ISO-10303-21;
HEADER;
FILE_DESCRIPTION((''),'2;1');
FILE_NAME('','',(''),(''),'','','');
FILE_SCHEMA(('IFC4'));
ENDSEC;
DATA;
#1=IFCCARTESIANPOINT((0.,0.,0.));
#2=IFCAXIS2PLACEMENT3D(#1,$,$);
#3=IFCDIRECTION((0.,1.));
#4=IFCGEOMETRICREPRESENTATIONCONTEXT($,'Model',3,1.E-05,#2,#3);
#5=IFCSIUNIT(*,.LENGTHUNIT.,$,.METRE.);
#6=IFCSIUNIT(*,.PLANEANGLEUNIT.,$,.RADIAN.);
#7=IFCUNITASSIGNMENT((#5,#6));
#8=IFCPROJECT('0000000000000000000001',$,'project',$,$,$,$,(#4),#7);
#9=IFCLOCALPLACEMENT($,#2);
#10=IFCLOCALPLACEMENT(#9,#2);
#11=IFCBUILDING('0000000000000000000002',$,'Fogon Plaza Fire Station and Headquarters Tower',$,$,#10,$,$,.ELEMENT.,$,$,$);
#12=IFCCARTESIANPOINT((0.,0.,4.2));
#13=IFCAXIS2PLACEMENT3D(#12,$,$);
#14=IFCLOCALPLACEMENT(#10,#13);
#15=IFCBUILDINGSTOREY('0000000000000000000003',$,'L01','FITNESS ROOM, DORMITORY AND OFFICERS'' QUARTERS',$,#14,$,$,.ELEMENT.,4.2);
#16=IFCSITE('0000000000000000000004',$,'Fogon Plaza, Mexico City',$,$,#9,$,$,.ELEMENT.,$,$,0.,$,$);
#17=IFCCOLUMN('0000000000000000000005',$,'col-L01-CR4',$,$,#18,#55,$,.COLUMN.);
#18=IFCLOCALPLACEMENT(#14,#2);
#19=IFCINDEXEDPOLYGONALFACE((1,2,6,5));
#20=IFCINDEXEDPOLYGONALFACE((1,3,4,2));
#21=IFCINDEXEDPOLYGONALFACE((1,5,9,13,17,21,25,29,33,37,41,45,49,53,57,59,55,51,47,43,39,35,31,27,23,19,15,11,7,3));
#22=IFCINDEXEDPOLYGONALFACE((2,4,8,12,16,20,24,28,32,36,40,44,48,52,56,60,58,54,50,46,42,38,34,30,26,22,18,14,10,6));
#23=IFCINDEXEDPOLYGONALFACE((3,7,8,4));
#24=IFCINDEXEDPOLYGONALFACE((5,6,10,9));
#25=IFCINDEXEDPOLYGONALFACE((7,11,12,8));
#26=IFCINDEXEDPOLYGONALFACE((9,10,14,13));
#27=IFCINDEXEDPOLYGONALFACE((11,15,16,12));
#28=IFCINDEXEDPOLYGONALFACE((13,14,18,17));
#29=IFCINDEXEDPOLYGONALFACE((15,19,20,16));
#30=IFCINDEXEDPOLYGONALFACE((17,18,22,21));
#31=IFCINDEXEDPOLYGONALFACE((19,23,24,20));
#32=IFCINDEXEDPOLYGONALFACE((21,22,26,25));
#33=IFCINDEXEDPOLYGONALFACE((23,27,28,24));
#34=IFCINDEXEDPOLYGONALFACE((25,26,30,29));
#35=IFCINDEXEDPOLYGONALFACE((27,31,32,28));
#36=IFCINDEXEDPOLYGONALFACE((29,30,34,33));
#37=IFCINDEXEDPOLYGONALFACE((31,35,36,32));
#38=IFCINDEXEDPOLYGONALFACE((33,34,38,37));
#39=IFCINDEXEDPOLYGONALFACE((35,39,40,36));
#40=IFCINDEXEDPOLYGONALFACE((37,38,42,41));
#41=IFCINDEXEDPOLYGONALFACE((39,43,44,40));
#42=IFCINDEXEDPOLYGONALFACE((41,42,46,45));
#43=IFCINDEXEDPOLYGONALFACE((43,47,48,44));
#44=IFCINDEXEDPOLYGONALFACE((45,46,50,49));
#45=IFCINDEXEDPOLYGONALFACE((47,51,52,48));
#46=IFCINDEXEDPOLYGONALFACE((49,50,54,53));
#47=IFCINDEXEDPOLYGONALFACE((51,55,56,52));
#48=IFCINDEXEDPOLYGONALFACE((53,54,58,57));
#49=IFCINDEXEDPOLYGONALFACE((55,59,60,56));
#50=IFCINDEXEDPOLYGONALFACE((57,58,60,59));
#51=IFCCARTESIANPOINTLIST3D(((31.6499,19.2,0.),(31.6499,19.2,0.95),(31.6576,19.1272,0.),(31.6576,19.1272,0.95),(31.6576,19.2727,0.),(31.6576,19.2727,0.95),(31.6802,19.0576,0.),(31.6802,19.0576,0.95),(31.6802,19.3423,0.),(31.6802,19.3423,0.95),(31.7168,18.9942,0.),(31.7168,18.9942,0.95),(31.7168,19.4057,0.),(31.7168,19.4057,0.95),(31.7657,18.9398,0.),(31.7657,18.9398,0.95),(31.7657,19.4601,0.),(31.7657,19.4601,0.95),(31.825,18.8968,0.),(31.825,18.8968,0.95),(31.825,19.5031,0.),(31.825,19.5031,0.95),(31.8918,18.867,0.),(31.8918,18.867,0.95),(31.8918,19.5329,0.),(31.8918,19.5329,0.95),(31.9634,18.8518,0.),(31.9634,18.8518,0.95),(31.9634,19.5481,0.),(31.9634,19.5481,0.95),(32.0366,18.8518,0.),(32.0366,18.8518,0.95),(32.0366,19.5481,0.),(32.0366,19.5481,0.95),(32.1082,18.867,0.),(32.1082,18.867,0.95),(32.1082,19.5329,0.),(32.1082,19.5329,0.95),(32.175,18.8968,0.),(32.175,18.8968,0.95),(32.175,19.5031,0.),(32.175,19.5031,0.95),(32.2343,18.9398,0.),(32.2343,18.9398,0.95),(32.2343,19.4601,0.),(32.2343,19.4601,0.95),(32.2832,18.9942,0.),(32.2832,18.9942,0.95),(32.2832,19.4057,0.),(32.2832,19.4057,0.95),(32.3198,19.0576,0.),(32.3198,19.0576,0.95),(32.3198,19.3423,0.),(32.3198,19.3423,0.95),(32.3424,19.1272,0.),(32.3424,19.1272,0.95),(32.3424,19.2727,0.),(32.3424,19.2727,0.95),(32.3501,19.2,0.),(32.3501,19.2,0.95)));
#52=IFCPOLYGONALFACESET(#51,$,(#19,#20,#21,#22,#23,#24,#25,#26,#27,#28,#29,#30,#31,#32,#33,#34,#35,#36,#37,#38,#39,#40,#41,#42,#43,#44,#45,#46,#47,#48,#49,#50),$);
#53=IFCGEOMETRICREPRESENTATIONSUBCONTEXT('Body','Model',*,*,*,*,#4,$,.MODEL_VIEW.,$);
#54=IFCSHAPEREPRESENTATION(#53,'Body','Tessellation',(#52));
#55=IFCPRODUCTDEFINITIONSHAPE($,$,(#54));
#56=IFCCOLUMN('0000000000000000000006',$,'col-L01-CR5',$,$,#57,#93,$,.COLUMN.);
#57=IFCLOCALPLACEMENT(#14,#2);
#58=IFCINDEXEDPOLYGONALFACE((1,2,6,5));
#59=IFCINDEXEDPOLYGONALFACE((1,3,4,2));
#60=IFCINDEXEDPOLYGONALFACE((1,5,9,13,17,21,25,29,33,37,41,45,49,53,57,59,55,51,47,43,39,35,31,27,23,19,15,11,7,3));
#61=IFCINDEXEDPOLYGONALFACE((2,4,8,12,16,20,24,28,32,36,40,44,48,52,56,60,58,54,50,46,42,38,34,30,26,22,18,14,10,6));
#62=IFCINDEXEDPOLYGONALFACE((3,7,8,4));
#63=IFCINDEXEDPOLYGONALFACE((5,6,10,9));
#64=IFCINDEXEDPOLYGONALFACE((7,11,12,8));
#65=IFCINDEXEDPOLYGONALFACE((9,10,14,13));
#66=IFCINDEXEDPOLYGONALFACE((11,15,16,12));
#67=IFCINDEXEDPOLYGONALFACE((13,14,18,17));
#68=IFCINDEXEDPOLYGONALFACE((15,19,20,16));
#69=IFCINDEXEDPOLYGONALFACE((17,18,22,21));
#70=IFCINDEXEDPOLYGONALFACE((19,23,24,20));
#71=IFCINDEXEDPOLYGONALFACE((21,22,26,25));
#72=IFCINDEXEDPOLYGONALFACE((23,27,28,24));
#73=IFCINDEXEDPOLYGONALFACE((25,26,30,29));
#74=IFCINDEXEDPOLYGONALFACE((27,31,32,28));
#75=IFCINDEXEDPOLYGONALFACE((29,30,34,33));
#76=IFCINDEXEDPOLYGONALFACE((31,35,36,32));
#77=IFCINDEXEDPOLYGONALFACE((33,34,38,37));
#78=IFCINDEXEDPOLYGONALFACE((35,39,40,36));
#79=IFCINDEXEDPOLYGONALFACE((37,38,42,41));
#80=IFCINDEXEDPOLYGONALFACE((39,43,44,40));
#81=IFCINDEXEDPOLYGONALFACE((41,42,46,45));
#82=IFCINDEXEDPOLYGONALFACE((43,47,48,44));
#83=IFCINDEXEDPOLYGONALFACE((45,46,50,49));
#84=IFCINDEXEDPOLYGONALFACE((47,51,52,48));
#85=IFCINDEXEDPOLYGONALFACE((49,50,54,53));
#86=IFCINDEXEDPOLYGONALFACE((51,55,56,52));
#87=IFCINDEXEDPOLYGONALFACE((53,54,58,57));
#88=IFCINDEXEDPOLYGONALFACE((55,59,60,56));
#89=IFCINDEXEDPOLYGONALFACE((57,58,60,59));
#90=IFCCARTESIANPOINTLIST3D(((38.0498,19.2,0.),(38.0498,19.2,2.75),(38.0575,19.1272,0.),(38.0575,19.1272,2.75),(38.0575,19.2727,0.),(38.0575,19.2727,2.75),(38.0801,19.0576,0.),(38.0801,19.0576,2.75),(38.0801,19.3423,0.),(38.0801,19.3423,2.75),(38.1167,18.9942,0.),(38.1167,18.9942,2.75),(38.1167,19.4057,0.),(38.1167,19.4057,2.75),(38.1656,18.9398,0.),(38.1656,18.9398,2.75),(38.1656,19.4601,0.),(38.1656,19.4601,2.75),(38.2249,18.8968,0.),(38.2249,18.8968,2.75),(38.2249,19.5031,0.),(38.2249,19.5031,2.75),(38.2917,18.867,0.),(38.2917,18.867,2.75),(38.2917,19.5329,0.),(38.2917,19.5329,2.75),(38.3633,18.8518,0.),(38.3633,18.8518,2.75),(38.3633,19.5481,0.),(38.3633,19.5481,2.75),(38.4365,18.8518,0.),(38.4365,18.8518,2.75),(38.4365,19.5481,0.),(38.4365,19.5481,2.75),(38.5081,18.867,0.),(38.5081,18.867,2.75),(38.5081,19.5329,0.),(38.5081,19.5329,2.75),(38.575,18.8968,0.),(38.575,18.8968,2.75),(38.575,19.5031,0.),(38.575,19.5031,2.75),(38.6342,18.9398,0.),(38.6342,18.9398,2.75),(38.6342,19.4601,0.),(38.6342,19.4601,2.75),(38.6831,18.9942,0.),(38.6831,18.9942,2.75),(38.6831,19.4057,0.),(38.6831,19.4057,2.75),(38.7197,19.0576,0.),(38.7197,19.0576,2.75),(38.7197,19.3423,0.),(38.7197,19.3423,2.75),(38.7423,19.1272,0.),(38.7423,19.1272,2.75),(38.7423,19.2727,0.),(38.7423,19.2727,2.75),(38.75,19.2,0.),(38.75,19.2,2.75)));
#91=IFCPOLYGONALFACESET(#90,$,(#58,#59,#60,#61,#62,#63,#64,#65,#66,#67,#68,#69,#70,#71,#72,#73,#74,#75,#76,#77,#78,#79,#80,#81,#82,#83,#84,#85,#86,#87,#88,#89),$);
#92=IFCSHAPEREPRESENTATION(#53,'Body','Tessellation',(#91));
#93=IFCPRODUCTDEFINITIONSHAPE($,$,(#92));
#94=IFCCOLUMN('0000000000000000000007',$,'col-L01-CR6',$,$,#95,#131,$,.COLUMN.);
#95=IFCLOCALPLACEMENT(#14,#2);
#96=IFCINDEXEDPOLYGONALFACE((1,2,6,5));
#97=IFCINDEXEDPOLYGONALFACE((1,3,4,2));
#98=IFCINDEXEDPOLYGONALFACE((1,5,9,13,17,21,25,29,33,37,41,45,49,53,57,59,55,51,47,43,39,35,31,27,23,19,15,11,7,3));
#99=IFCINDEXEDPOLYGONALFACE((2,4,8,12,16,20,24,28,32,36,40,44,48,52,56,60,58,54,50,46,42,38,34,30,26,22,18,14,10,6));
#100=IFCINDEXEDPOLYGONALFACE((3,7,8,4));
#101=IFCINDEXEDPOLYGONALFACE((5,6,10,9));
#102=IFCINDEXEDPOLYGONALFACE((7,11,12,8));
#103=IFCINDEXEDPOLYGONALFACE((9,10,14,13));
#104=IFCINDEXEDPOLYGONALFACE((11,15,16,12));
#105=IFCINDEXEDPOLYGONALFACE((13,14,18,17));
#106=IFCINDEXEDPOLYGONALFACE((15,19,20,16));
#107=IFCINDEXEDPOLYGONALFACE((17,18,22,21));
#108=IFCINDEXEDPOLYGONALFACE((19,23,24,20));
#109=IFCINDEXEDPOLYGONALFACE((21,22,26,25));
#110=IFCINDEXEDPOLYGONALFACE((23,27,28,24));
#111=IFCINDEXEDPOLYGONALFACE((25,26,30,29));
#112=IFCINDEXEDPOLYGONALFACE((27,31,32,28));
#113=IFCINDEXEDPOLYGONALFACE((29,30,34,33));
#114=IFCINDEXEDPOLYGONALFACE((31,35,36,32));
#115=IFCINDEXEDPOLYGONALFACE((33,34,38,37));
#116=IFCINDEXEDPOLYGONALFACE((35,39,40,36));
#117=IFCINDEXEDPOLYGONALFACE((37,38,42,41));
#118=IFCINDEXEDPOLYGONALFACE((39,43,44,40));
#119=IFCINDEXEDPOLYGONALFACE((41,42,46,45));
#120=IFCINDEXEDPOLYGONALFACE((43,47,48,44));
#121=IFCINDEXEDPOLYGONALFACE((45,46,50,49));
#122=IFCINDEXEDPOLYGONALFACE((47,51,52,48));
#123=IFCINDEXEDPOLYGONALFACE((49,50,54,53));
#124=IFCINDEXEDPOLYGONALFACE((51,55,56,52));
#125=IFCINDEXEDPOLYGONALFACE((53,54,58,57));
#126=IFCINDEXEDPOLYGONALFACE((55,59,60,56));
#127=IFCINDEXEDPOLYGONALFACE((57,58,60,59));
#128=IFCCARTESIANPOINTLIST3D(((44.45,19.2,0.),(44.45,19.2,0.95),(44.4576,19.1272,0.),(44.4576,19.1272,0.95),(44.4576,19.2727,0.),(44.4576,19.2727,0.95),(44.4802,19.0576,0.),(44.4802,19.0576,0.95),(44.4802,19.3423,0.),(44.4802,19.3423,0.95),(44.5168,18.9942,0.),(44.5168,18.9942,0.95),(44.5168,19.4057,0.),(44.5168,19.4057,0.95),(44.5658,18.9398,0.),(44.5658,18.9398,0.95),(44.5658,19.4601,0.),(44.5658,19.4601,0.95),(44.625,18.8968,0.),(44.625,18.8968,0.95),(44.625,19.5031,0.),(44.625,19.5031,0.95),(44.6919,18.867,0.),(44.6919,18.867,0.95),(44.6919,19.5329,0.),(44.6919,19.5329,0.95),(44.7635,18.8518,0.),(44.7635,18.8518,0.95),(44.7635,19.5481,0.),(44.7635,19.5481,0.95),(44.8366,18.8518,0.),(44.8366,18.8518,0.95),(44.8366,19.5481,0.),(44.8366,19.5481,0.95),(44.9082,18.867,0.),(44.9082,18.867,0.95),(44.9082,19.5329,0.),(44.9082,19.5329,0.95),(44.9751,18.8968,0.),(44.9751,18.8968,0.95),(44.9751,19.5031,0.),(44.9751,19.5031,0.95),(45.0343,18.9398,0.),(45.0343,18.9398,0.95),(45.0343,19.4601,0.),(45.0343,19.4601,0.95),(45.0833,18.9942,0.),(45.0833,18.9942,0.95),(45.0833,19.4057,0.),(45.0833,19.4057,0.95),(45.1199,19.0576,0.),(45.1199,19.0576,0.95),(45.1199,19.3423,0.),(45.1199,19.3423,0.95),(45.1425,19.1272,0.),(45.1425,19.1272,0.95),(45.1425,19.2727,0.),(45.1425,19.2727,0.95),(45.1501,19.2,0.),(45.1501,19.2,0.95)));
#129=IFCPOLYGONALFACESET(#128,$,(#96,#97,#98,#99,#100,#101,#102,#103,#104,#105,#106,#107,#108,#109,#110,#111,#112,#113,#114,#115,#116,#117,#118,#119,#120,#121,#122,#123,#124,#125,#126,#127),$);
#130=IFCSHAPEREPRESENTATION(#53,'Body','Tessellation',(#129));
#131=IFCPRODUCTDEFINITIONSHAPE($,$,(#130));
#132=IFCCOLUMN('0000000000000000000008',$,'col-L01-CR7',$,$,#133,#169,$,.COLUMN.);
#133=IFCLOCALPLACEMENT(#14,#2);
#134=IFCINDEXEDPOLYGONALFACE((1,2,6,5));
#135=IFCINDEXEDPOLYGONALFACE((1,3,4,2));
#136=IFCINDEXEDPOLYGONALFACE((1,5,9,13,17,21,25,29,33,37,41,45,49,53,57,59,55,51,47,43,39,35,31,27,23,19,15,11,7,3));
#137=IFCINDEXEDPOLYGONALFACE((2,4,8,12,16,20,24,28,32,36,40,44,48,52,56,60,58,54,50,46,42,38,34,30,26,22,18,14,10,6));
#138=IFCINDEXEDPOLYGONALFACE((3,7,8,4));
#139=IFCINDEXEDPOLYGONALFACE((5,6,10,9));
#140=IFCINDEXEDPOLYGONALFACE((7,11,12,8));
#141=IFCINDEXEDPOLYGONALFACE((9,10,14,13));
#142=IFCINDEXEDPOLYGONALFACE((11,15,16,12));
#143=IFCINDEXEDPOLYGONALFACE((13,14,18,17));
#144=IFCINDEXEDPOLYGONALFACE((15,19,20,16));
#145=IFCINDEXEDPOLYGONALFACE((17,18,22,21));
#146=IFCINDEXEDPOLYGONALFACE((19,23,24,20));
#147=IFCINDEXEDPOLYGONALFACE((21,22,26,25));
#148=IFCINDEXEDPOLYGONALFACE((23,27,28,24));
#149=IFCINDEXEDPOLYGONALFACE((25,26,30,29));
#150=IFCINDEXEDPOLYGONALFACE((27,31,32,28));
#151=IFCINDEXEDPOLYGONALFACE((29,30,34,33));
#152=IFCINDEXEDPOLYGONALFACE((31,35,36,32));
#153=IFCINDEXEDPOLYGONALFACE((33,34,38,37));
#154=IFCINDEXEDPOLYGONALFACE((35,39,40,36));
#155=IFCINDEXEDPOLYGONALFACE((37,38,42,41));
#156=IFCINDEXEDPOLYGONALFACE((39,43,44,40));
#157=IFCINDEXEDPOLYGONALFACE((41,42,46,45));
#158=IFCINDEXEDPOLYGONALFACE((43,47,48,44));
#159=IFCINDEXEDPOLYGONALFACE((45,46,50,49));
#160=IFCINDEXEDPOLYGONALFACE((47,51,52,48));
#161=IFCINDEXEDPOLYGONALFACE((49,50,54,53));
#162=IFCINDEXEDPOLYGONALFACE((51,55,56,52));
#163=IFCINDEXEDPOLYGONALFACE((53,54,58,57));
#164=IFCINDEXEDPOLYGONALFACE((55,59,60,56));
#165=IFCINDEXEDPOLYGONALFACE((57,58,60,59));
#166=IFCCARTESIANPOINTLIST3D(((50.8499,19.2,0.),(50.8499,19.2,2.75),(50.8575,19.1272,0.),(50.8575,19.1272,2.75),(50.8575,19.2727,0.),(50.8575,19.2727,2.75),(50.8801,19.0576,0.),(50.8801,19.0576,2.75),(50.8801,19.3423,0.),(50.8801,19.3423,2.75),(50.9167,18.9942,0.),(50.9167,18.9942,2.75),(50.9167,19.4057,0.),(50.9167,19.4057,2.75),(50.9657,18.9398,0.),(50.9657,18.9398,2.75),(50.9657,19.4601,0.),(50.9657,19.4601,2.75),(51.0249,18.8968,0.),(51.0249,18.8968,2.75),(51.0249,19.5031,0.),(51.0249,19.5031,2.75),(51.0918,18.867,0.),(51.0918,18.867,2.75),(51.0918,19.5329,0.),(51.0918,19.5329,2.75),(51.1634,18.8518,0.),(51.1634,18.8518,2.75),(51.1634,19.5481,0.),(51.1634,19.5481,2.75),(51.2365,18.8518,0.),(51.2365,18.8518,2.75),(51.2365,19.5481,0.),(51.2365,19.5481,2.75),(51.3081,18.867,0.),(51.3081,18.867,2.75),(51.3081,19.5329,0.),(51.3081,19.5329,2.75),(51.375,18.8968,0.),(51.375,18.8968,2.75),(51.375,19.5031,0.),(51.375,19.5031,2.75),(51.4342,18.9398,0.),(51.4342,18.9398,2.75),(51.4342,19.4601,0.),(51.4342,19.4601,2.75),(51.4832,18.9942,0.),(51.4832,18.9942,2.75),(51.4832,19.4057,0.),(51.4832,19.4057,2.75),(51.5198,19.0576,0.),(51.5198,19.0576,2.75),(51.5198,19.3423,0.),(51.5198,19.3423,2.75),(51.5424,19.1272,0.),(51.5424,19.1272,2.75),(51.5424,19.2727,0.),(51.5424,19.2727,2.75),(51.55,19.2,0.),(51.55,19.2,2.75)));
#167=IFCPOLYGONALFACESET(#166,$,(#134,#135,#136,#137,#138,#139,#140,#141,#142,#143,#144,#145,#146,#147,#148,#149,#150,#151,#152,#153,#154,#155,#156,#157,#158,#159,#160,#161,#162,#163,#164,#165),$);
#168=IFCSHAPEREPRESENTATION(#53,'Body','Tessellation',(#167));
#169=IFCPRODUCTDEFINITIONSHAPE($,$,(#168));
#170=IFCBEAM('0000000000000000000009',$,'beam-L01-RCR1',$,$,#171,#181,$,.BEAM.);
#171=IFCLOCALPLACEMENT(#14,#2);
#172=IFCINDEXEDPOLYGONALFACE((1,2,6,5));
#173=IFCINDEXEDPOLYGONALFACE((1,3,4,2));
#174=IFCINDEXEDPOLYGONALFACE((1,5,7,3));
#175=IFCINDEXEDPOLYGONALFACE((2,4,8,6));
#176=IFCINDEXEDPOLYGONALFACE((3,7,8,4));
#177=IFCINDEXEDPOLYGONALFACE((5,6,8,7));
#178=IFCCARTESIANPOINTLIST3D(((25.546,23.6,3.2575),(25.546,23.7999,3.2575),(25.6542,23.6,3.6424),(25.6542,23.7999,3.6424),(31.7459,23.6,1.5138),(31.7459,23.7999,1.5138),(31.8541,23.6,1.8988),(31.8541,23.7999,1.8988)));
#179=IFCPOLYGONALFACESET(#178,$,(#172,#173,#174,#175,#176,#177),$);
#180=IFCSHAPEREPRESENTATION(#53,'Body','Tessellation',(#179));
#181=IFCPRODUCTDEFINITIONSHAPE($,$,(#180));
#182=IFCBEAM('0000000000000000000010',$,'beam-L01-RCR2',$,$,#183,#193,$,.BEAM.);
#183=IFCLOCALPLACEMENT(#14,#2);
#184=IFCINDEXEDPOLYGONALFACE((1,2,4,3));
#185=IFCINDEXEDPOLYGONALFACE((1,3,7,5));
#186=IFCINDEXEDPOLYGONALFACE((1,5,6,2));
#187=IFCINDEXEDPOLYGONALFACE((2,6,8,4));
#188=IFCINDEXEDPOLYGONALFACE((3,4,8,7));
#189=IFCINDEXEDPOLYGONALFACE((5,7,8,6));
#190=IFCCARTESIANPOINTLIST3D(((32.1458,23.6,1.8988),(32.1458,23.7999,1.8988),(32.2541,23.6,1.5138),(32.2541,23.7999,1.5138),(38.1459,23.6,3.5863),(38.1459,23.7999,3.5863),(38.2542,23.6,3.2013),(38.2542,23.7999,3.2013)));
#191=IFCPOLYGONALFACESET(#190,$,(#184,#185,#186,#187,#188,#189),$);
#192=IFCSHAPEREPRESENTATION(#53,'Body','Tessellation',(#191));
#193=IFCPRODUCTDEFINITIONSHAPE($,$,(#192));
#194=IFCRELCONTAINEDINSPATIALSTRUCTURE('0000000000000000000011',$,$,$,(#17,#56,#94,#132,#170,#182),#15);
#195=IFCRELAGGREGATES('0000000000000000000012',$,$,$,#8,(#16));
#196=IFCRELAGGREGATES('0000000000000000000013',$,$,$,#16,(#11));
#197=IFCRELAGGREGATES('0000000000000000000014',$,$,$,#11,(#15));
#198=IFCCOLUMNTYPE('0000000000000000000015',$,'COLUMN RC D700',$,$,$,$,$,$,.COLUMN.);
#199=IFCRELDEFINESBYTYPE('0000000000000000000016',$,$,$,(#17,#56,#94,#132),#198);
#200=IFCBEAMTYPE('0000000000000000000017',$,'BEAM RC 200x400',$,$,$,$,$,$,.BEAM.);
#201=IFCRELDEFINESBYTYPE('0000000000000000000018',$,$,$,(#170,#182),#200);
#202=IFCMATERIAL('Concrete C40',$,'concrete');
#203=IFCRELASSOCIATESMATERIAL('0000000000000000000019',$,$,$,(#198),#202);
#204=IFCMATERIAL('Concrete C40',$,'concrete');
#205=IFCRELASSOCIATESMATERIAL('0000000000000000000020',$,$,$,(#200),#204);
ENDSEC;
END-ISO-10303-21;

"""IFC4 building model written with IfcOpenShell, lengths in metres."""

from ifc_helpers import new_model, si_unit, direction, frame, origin, origin_2d, place, context, subcontext, project, spatial, rectangle, circle, extrude, material, material_profile, profile_set, type_object, element, save


model = new_model("IFC4")

# Units and contexts
model_context = context("Model", 3, precision=1e-05, world=origin(), true_north=direction((0.0, 1.0)))
body_context = subcontext(model_context, "Body", "Model", "MODEL_VIEW")
ifc_project = project(units=[si_unit("LENGTHUNIT", "METRE"), si_unit("PLANEANGLEUNIT", "RADIAN")], contexts=[model_context])

# Site, building, storey
site_placement = place(None, origin())
site = spatial("IfcSite", under=ifc_project, at=site_placement, Name="Fogon Plaza, Mexico City", CompositionType="ELEMENT", RefElevation=0.0)
building_placement = place(site_placement, origin())
building = spatial("IfcBuilding", under=site, at=building_placement, Name="Fogon Plaza Fire Station and Headquarters Tower", CompositionType="ELEMENT")
storey_placement = place(building_placement, frame((0.0, 0.0, 4.2)))
storey = spatial("IfcBuildingStorey", under=building, at=storey_placement, Name="L01", Description="FITNESS ROOM, DORMITORY AND OFFICERS' QUARTERS", CompositionType="ELEMENT", Elevation=4.2)

# Columns
ifc_material_1 = material(Name="Concrete C40", Category="concrete")
ifc_material_profile_1 = material_profile(ifc_material_1, circle(Radius=0.3501, at=origin_2d()), Name="RC D700")
ifc_profile_set_1 = profile_set([ifc_material_profile_1], Name="Concrete C40")
column_type = type_object("IfcColumnType", Name="COLUMN RC D700", PredefinedType="COLUMN", material=ifc_profile_set_1)
column_1_placement = place(storey_placement, frame((32.0, 19.2, 0.0), z_axis=(0.0, 0.0, 1.0), x_axis=(1.0, 0.0, 0.0)))
element("IfcColumn", 1, at=column_1_placement, inside=storey, type_object=column_type, Name="col-L01-CR4", PredefinedType="COLUMN", context=body_context, shape_type="SweptSolid", body=[
    extrude(circle(Radius=0.3501, at=origin_2d()), origin(), (0.0, 0.0, 1.0), 0.95),
])
column_2_placement = place(storey_placement, frame((38.3999, 19.2, 0.0), z_axis=(0.0, 0.0, 1.0), x_axis=(1.0, 0.0, 0.0)))
element("IfcColumn", 2, at=column_2_placement, inside=storey, type_object=column_type, Name="col-L01-CR5", PredefinedType="COLUMN", context=body_context, shape_type="SweptSolid", body=[
    extrude(circle(Radius=0.3501, at=origin_2d()), origin(), (0.0, 0.0, 1.0), 2.75),
])
column_3_placement = place(storey_placement, frame((44.8, 19.2, 0.0), z_axis=(0.0, 0.0, 1.0), x_axis=(1.0, 0.0, 0.0)))
element("IfcColumn", 3, at=column_3_placement, inside=storey, type_object=column_type, Name="col-L01-CR6", PredefinedType="COLUMN", context=body_context, shape_type="SweptSolid", body=[
    extrude(circle(Radius=0.3501, at=origin_2d()), origin(), (0.0, 0.0, 1.0), 0.95),
])
column_4_placement = place(storey_placement, frame((51.2, 19.2, 0.0), z_axis=(0.0, 0.0, 1.0), x_axis=(1.0, 0.0, 0.0)))
element("IfcColumn", 4, at=column_4_placement, inside=storey, type_object=column_type, Name="col-L01-CR7", PredefinedType="COLUMN", context=body_context, shape_type="SweptSolid", body=[
    extrude(circle(Radius=0.3501, at=origin_2d()), origin(), (0.0, 0.0, 1.0), 2.75),
])

# Beams
ifc_material_2 = material(Name="Concrete C40", Category="concrete")
ifc_material_profile_2 = material_profile(ifc_material_2, rectangle(XDim=0.2, YDim=0.3999, at=origin_2d()), Name="RC 200x400")
ifc_profile_set_2 = profile_set([ifc_material_profile_2], Name="Concrete C40")
beam_type_1 = type_object("IfcBeamType", Name="BEAM RC 200x400", PredefinedType="BEAM", material=ifc_profile_set_2)
beam_1_placement = place(storey_placement, frame((25.6001, 23.7, 3.45), z_axis=(0.962654, 0.0, -0.270734), x_axis=(0.0, 1.0, 0.0)))
element("IfcBeam", 5, at=beam_1_placement, inside=storey, type_object=beam_type_1, Name="beam-L01-RCR1", PredefinedType="BEAM", context=body_context, shape_type="SweptSolid", body=[
    extrude(rectangle(XDim=0.2, YDim=0.3999, at=origin_2d()), origin(), (0.0, 0.0, 1.0), 6.4404),
])
beam_2_placement = place(storey_placement, frame((32.2, 23.7, 1.7063), z_axis=(0.962651, 0.0, 0.270746), x_axis=(0.0, 1.0, 0.0)))
element("IfcBeam", 6, at=beam_2_placement, inside=storey, type_object=beam_type_1, Name="beam-L01-RCR2", PredefinedType="BEAM", context=body_context, shape_type="SweptSolid", body=[
    extrude(rectangle(XDim=0.2, YDim=0.3999, at=origin_2d()), origin(), (0.0, 0.0, 1.0), 6.2329),
])

save(model, "model.ifc")
